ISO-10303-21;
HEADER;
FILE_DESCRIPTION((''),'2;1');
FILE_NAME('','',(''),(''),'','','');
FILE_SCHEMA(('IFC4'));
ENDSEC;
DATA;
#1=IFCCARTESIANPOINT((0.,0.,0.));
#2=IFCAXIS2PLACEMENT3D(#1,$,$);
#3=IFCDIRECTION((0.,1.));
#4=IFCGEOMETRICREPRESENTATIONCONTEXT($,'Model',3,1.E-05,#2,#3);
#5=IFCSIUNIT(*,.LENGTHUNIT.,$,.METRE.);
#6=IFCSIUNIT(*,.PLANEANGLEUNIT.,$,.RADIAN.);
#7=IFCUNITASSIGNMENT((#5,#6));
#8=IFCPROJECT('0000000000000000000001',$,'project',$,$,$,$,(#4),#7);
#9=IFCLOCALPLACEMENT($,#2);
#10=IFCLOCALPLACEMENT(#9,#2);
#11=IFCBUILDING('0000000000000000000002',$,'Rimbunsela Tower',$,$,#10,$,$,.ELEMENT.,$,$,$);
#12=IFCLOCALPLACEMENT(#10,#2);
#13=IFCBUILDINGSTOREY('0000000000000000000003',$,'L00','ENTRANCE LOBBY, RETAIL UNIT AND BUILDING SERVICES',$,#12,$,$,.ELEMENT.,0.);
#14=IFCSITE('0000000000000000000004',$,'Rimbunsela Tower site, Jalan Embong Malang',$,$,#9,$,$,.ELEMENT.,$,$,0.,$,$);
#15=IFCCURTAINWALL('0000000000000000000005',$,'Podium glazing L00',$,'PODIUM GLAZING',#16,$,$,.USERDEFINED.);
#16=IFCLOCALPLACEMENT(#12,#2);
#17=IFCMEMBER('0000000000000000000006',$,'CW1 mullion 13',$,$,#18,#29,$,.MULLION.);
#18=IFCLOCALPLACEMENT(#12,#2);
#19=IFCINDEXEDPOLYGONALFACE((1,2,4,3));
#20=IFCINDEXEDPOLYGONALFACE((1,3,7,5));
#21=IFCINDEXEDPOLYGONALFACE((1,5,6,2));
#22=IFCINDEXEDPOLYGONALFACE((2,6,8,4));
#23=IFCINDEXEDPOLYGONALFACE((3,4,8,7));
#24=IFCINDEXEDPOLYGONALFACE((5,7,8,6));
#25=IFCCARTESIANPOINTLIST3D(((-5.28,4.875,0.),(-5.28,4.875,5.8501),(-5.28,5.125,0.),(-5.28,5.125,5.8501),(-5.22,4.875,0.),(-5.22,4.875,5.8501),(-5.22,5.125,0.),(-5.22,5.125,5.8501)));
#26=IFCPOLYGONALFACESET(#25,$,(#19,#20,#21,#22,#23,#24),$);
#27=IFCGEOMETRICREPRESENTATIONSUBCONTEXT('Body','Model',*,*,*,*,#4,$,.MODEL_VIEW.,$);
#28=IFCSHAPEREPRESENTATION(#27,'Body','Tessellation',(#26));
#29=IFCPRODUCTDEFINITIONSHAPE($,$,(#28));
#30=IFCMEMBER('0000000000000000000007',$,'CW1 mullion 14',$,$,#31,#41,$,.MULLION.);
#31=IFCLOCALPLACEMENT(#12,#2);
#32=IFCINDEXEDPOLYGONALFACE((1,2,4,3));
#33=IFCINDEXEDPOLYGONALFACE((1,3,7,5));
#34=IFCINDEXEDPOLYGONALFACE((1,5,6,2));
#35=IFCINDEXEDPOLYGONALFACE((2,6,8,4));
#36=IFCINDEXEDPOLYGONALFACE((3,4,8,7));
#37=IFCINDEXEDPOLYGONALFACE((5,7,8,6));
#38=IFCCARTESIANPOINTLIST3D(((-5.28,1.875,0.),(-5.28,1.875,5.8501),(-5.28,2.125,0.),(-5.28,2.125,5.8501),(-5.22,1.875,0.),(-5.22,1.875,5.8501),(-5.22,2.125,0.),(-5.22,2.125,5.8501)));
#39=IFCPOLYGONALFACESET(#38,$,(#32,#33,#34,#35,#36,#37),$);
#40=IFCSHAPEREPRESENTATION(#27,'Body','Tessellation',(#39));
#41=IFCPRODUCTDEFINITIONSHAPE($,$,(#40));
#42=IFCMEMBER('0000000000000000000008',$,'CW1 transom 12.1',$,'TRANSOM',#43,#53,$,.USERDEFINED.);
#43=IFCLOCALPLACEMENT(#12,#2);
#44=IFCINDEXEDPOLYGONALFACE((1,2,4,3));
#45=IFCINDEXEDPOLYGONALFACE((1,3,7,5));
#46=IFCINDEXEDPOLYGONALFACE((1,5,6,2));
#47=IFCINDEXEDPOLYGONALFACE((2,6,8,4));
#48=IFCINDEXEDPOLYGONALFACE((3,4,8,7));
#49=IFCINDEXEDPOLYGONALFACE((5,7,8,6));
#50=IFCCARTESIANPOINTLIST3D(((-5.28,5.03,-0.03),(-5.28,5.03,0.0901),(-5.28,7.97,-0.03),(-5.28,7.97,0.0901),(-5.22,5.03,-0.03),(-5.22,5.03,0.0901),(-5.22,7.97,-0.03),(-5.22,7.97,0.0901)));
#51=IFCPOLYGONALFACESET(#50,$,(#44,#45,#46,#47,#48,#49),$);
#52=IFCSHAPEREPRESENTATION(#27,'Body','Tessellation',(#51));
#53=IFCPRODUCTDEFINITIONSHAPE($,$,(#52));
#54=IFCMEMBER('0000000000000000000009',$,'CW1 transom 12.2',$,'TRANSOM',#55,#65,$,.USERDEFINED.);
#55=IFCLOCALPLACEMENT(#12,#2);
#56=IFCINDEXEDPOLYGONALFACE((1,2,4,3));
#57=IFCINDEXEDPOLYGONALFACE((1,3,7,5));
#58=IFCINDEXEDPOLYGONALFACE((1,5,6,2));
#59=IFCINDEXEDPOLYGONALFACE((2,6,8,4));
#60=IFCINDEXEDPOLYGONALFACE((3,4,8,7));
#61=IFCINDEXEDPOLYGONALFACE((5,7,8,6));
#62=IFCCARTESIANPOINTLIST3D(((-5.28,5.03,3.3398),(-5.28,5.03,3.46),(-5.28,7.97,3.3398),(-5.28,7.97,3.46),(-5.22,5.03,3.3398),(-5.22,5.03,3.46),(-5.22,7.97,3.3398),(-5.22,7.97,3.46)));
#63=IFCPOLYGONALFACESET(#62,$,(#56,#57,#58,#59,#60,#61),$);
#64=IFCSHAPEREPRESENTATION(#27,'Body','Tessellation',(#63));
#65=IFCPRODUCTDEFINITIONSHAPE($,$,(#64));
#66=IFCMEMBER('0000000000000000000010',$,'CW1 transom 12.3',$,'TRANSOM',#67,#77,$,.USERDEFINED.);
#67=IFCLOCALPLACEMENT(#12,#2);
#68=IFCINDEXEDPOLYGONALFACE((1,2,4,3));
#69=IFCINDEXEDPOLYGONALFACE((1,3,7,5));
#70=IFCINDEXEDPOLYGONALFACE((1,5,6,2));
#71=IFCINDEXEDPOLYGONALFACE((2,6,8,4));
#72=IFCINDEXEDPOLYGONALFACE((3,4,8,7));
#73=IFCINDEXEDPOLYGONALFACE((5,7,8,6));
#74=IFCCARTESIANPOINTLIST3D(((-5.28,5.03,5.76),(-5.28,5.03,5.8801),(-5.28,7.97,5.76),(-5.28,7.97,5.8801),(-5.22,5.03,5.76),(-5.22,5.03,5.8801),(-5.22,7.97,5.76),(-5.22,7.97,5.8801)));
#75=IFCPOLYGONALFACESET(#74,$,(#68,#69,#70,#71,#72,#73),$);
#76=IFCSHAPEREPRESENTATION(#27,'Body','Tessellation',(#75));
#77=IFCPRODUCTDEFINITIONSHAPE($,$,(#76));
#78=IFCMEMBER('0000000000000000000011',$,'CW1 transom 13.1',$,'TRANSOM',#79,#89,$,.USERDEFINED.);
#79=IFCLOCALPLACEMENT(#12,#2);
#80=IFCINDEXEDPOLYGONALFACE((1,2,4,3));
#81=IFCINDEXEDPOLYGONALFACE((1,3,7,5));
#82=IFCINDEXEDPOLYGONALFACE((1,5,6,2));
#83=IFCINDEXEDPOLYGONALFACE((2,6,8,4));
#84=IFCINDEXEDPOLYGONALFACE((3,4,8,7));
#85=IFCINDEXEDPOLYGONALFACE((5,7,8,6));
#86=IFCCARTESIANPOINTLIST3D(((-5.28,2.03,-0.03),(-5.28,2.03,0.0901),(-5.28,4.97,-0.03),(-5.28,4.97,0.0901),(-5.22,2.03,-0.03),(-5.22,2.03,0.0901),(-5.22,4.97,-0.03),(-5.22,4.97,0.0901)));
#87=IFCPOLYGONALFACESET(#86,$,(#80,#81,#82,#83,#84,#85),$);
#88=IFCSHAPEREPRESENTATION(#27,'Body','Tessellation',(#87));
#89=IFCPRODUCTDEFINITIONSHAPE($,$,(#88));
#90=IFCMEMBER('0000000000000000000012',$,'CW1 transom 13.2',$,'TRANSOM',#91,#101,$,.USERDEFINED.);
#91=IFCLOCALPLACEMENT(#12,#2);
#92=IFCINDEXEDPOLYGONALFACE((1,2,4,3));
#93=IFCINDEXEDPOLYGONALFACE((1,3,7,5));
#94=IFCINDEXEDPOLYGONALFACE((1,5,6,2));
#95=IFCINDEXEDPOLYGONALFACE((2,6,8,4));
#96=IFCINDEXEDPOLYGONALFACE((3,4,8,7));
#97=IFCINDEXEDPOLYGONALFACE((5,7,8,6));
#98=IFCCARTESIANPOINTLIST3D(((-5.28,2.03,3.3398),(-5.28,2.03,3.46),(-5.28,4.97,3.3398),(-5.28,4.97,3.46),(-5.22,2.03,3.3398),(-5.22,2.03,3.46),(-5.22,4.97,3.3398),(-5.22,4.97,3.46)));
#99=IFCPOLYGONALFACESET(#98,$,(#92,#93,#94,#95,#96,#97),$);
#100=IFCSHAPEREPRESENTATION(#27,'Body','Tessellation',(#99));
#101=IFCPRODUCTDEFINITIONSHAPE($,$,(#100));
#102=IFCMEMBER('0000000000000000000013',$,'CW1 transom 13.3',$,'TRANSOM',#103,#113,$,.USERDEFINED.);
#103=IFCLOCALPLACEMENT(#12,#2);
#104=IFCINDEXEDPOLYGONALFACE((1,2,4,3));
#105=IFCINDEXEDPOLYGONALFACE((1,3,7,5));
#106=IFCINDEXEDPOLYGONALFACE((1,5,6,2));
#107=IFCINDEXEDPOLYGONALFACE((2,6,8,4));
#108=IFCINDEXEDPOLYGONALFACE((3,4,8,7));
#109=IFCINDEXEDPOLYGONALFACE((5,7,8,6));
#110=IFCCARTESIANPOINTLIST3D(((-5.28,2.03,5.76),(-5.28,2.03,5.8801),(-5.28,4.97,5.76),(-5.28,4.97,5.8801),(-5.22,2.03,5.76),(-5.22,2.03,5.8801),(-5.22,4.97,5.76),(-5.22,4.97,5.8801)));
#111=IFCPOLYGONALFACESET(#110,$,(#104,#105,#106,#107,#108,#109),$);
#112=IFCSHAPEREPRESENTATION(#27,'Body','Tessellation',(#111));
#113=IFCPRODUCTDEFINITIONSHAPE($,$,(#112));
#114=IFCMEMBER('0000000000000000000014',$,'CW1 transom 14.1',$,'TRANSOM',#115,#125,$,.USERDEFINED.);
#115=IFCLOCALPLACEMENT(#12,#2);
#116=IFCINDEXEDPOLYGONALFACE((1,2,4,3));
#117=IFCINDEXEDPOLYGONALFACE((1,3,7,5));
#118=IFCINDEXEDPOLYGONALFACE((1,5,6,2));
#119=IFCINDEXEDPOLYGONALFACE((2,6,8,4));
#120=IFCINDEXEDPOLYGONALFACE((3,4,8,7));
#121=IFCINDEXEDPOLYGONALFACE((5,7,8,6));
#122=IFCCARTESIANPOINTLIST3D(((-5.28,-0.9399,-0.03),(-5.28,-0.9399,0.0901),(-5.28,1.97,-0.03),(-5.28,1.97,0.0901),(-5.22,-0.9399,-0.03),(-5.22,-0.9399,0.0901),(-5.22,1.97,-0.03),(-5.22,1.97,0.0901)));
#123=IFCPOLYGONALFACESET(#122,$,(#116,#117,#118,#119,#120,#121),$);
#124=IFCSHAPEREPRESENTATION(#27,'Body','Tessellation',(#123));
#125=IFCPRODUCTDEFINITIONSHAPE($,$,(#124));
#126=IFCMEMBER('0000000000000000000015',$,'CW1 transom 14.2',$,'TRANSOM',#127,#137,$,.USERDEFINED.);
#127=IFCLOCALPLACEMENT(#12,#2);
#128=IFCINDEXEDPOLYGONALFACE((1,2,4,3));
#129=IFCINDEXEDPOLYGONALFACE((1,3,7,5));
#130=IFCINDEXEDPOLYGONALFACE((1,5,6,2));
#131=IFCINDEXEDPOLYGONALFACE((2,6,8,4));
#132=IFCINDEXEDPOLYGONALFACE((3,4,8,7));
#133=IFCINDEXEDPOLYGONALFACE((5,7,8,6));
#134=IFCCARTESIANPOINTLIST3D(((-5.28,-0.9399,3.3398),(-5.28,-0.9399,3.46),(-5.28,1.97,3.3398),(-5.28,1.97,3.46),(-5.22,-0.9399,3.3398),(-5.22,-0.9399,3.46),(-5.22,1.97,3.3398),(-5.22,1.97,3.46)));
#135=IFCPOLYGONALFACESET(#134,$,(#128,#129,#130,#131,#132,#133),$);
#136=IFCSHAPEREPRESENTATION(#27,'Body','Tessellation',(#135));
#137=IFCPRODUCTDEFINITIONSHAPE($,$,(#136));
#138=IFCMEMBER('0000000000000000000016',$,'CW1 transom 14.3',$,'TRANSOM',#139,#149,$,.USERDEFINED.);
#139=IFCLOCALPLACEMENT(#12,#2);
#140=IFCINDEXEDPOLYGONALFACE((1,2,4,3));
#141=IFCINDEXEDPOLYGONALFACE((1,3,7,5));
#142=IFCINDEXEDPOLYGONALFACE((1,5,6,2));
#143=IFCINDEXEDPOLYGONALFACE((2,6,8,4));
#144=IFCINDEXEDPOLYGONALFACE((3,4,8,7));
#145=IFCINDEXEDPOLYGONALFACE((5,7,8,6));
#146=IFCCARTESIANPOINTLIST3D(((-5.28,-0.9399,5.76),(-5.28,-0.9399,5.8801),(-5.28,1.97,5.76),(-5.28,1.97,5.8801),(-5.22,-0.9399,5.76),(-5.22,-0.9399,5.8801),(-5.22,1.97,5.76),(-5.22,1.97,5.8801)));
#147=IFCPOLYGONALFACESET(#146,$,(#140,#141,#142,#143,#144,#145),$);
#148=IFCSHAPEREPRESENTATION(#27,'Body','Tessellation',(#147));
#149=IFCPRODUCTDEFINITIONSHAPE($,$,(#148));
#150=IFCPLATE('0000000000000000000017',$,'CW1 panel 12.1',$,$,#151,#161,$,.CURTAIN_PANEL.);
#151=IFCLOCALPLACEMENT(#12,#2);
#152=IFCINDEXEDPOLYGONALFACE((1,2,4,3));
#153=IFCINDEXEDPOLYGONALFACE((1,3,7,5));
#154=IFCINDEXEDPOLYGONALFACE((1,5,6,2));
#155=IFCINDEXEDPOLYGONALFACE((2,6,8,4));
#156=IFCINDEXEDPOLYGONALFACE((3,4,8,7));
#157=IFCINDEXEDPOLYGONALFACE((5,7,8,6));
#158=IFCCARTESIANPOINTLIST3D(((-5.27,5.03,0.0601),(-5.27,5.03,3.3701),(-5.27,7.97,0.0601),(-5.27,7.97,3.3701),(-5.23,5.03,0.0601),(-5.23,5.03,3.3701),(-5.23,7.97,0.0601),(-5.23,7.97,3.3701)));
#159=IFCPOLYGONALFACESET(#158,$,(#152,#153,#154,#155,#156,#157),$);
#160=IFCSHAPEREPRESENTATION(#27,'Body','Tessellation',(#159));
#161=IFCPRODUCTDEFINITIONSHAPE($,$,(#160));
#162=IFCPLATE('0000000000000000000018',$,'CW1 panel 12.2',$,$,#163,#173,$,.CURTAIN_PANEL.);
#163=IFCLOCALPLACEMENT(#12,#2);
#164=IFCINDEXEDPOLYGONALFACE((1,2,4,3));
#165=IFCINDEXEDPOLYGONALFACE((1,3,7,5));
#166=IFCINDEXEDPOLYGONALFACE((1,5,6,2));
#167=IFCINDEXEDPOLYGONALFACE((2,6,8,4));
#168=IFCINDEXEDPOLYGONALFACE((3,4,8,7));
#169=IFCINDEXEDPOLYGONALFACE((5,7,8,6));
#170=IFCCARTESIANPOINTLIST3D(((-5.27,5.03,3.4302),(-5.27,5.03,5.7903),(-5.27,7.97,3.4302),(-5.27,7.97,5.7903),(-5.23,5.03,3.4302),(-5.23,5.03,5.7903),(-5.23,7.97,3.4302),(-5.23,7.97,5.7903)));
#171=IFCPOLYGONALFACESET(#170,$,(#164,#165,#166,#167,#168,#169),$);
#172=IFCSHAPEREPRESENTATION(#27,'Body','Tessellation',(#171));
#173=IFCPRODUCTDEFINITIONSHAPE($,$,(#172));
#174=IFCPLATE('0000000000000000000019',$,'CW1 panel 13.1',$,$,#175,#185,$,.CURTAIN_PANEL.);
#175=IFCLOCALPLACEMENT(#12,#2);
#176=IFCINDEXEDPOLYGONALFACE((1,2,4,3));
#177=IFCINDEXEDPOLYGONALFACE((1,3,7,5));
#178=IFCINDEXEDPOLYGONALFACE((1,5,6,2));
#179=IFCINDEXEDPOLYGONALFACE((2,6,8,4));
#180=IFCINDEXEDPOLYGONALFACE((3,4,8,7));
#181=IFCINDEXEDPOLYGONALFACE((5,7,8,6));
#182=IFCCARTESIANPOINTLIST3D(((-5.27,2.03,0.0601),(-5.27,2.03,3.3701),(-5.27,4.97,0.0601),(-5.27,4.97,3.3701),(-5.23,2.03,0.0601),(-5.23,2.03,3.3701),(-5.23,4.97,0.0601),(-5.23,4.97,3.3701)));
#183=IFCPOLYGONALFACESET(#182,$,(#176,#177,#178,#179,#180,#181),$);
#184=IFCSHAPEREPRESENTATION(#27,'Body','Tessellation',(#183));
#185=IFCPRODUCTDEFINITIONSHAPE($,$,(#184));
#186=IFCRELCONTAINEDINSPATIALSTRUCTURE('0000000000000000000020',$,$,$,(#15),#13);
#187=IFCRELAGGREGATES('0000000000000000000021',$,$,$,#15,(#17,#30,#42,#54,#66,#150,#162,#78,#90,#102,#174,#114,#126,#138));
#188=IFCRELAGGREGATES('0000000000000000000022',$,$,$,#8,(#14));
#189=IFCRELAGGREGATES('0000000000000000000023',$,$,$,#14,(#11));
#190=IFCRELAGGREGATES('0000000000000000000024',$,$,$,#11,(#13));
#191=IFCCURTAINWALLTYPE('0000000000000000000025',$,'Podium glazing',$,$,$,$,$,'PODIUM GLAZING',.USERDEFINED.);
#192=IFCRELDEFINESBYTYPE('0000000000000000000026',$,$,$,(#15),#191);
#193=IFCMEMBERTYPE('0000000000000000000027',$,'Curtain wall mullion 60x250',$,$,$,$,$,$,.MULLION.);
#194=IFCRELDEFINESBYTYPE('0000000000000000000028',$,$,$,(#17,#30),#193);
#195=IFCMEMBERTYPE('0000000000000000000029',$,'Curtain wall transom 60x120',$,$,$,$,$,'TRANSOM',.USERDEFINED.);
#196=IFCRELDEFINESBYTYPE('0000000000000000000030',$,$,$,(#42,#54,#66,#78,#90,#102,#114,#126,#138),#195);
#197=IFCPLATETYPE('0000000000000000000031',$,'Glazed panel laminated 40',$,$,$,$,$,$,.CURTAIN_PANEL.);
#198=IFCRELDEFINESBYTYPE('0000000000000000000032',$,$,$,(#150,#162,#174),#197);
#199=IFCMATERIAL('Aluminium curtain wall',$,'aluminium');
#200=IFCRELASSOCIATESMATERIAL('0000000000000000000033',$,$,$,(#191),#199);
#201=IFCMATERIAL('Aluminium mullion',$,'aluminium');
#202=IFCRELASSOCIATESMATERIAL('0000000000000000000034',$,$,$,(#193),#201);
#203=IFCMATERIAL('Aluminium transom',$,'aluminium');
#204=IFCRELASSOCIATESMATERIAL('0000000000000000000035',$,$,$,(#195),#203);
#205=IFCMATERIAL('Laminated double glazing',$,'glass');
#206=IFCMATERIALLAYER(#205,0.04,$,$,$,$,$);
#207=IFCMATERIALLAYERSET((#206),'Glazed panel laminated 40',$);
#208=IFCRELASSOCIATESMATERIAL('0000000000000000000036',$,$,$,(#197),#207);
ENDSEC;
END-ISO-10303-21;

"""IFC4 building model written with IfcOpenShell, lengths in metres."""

from ifc_helpers import new_model, si_unit, direction, frame, origin, origin_2d, place, context, subcontext, project, spatial, rectangle, extrude, material, layer, layer_set, material_profile, profile_set, type_object, element, aggregate, save


model = new_model("IFC4")

# Units and contexts
model_context = context("Model", 3, precision=1e-05, world=origin(), true_north=direction((0.0, 1.0)))
body_context = subcontext(model_context, "Body", "Model", "MODEL_VIEW")
ifc_project = project(units=[si_unit("LENGTHUNIT", "METRE"), si_unit("PLANEANGLEUNIT", "RADIAN")], contexts=[model_context])

# Site, building, storey
site_placement = place(None, origin())
site = spatial("IfcSite", under=ifc_project, at=site_placement, Name="Rimbunsela Tower site, Jalan Embong Malang", CompositionType="ELEMENT", RefElevation=0.0)
building_placement = place(site_placement, origin())
building = spatial("IfcBuilding", under=site, at=building_placement, Name="Rimbunsela Tower", CompositionType="ELEMENT")
storey_placement = place(building_placement, origin())
storey = spatial("IfcBuildingStorey", under=building, at=storey_placement, Name="L00", Description="ENTRANCE LOBBY, RETAIL UNIT AND BUILDING SERVICES", CompositionType="ELEMENT", Elevation=0.0)

# Curtain wall, members, plates
ifc_material_1 = material(Name="Aluminium curtain wall", Category="aluminium")
curtain_wall_type = type_object("IfcCurtainWallType", Name="Podium glazing", ElementType="PODIUM GLAZING", PredefinedType="USERDEFINED", material=ifc_material_1)
curtain_wall_placement = place(storey_placement, origin())
curtain_wall = element("IfcCurtainWall", 1, at=curtain_wall_placement, inside=storey, type_object=curtain_wall_type, Name="Podium glazing L00", ObjectType="PODIUM GLAZING", PredefinedType="USERDEFINED")
ifc_material_2 = material(Name="Aluminium mullion", Category="aluminium")
ifc_material_profile_1 = material_profile(ifc_material_2, rectangle(XDim=0.0601, YDim=0.25, at=origin_2d()), Name="Mullion 60x250")
ifc_profile_set_1 = profile_set([ifc_material_profile_1], Name="Aluminium mullion")
member_type_1 = type_object("IfcMemberType", Name="Curtain wall mullion 60x250", PredefinedType="MULLION", material=ifc_profile_set_1)
member_1_placement = place(storey_placement, frame((-5.25, 5.0, 0.0), z_axis=(0.0, 0.0, 1.0), x_axis=(1.0, 0.0, 0.0)))
member_1 = element("IfcMember", 2, at=member_1_placement, type_object=member_type_1, Name="CW1 mullion 13", PredefinedType="MULLION", context=body_context, shape_type="SweptSolid", body=[
    extrude(rectangle(XDim=0.0601, YDim=0.25, at=origin_2d()), origin(), (0.0, 0.0, 1.0), 5.8501),
])
member_2_placement = place(storey_placement, frame((-5.25, 2.0, 0.0), z_axis=(0.0, 0.0, 1.0), x_axis=(1.0, 0.0, 0.0)))
member_2 = element("IfcMember", 3, at=member_2_placement, type_object=member_type_1, Name="CW1 mullion 14", PredefinedType="MULLION", context=body_context, shape_type="SweptSolid", body=[
    extrude(rectangle(XDim=0.0601, YDim=0.25, at=origin_2d()), origin(), (0.0, 0.0, 1.0), 5.8501),
])
ifc_material_3 = material(Name="Aluminium transom", Category="aluminium")
ifc_material_profile_2 = material_profile(ifc_material_3, rectangle(XDim=0.0601, YDim=0.1201, at=origin_2d()), Name="Transom 60x120")
ifc_profile_set_2 = profile_set([ifc_material_profile_2], Name="Aluminium transom")
member_type_2 = type_object("IfcMemberType", Name="Curtain wall transom 60x120", ElementType="TRANSOM", PredefinedType="USERDEFINED", material=ifc_profile_set_2)
member_3_placement = place(storey_placement, frame((-5.25, 7.97, 0.03), z_axis=(0.0, -1.0, 0.0), x_axis=(1.0, 0.0, 0.0)))
member_3 = element("IfcMember", 4, at=member_3_placement, type_object=member_type_2, Name="CW1 transom 12.1", ObjectType="TRANSOM", PredefinedType="USERDEFINED", context=body_context, shape_type="SweptSolid", body=[
    extrude(rectangle(XDim=0.0601, YDim=0.1201, at=origin_2d()), origin(), (0.0, 0.0, 1.0), 2.9399),
])
member_4_placement = place(storey_placement, frame((-5.25, 7.97, 3.3999), z_axis=(0.0, -1.0, 0.0), x_axis=(1.0, 0.0, 0.0)))
member_4 = element("IfcMember", 5, at=member_4_placement, type_object=member_type_2, Name="CW1 transom 12.2", ObjectType="TRANSOM", PredefinedType="USERDEFINED", context=body_context, shape_type="SweptSolid", body=[
    extrude(rectangle(XDim=0.0601, YDim=0.1201, at=origin_2d()), origin(), (0.0, 0.0, 1.0), 2.9399),
])
member_5_placement = place(storey_placement, frame((-5.25, 7.97, 5.8201), z_axis=(0.0, -1.0, 0.0), x_axis=(1.0, 0.0, 0.0)))
member_5 = element("IfcMember", 6, at=member_5_placement, type_object=member_type_2, Name="CW1 transom 12.3", ObjectType="TRANSOM", PredefinedType="USERDEFINED", context=body_context, shape_type="SweptSolid", body=[
    extrude(rectangle(XDim=0.0601, YDim=0.1201, at=origin_2d()), origin(), (0.0, 0.0, 1.0), 2.9399),
])
member_6_placement = place(storey_placement, frame((-5.25, 4.97, 0.03), z_axis=(0.0, -1.0, 0.0), x_axis=(1.0, 0.0, 0.0)))
member_6 = element("IfcMember", 7, at=member_6_placement, type_object=member_type_2, Name="CW1 transom 13.1", ObjectType="TRANSOM", PredefinedType="USERDEFINED", context=body_context, shape_type="SweptSolid", body=[
    extrude(rectangle(XDim=0.0601, YDim=0.1201, at=origin_2d()), origin(), (0.0, 0.0, 1.0), 2.9399),
])
member_7_placement = place(storey_placement, frame((-5.25, 4.97, 3.3999), z_axis=(0.0, -1.0, 0.0), x_axis=(1.0, 0.0, 0.0)))
member_7 = element("IfcMember", 8, at=member_7_placement, type_object=member_type_2, Name="CW1 transom 13.2", ObjectType="TRANSOM", PredefinedType="USERDEFINED", context=body_context, shape_type="SweptSolid", body=[
    extrude(rectangle(XDim=0.0601, YDim=0.1201, at=origin_2d()), origin(), (0.0, 0.0, 1.0), 2.9399),
])
member_8_placement = place(storey_placement, frame((-5.25, 4.97, 5.8201), z_axis=(0.0, -1.0, 0.0), x_axis=(1.0, 0.0, 0.0)))
member_8 = element("IfcMember", 9, at=member_8_placement, type_object=member_type_2, Name="CW1 transom 13.3", ObjectType="TRANSOM", PredefinedType="USERDEFINED", context=body_context, shape_type="SweptSolid", body=[
    extrude(rectangle(XDim=0.0601, YDim=0.1201, at=origin_2d()), origin(), (0.0, 0.0, 1.0), 2.9399),
])
member_9_placement = place(storey_placement, frame((-5.25, 1.97, 0.03), z_axis=(0.0, -1.0, 0.0), x_axis=(1.0, 0.0, 0.0)))
member_9 = element("IfcMember", 10, at=member_9_placement, type_object=member_type_2, Name="CW1 transom 14.1", ObjectType="TRANSOM", PredefinedType="USERDEFINED", context=body_context, shape_type="SweptSolid", body=[
    extrude(rectangle(XDim=0.0601, YDim=0.1201, at=origin_2d()), origin(), (0.0, 0.0, 1.0), 2.9099),
])
member_10_placement = place(storey_placement, frame((-5.25, 1.97, 3.3999), z_axis=(0.0, -1.0, 0.0), x_axis=(1.0, 0.0, 0.0)))
member_10 = element("IfcMember", 11, at=member_10_placement, type_object=member_type_2, Name="CW1 transom 14.2", ObjectType="TRANSOM", PredefinedType="USERDEFINED", context=body_context, shape_type="SweptSolid", body=[
    extrude(rectangle(XDim=0.0601, YDim=0.1201, at=origin_2d()), origin(), (0.0, 0.0, 1.0), 2.9099),
])
member_11_placement = place(storey_placement, frame((-5.25, 1.97, 5.8201), z_axis=(0.0, -1.0, 0.0), x_axis=(1.0, 0.0, 0.0)))
member_11 = element("IfcMember", 12, at=member_11_placement, type_object=member_type_2, Name="CW1 transom 14.3", ObjectType="TRANSOM", PredefinedType="USERDEFINED", context=body_context, shape_type="SweptSolid", body=[
    extrude(rectangle(XDim=0.0601, YDim=0.1201, at=origin_2d()), origin(), (0.0, 0.0, 1.0), 2.9099),
])
ifc_material_4 = material(Name="Laminated double glazing", Category="glass")
ifc_layer = layer(ifc_material_4, 0.04)
ifc_layer_set = layer_set([ifc_layer], Name="Glazed panel laminated 40")
plate_type = type_object("IfcPlateType", Name="Glazed panel laminated 40", PredefinedType="CURTAIN_PANEL", material=ifc_layer_set)
plate_1_placement = place(storey_placement, frame((-5.25, 6.5, 0.0601), z_axis=(0.0, 0.0, 1.0), x_axis=(0.0, -1.0, 0.0)))
plate_1 = element("IfcPlate", 13, at=plate_1_placement, type_object=plate_type, Name="CW1 panel 12.1", PredefinedType="CURTAIN_PANEL", context=body_context, shape_type="SweptSolid", body=[
    extrude(rectangle(XDim=2.9399, YDim=0.04, at=origin_2d()), origin(), (0.0, 0.0, 1.0), 3.3101),
])
plate_2_placement = place(storey_placement, frame((-5.25, 6.5, 3.4302), z_axis=(0.0, 0.0, 1.0), x_axis=(0.0, -1.0, 0.0)))
plate_2 = element("IfcPlate", 14, at=plate_2_placement, type_object=plate_type, Name="CW1 panel 12.2", PredefinedType="CURTAIN_PANEL", context=body_context, shape_type="SweptSolid", body=[
    extrude(rectangle(XDim=2.9399, YDim=0.04, at=origin_2d()), origin(), (0.0, 0.0, 1.0), 2.3601),
])
plate_3_placement = place(storey_placement, frame((-5.25, 3.5, 0.0601), z_axis=(0.0, 0.0, 1.0), x_axis=(0.0, -1.0, 0.0)))
plate_3 = element("IfcPlate", 15, at=plate_3_placement, type_object=plate_type, Name="CW1 panel 13.1", PredefinedType="CURTAIN_PANEL", context=body_context, shape_type="SweptSolid", body=[
    extrude(rectangle(XDim=2.9399, YDim=0.04, at=origin_2d()), origin(), (0.0, 0.0, 1.0), 3.3101),
])
aggregate(curtain_wall, [member_1, member_2, member_3, member_4, member_5, plate_1, plate_2, member_6, member_7, member_8, plate_3, member_9, member_10, member_11])

save(model, "model.ifc")
